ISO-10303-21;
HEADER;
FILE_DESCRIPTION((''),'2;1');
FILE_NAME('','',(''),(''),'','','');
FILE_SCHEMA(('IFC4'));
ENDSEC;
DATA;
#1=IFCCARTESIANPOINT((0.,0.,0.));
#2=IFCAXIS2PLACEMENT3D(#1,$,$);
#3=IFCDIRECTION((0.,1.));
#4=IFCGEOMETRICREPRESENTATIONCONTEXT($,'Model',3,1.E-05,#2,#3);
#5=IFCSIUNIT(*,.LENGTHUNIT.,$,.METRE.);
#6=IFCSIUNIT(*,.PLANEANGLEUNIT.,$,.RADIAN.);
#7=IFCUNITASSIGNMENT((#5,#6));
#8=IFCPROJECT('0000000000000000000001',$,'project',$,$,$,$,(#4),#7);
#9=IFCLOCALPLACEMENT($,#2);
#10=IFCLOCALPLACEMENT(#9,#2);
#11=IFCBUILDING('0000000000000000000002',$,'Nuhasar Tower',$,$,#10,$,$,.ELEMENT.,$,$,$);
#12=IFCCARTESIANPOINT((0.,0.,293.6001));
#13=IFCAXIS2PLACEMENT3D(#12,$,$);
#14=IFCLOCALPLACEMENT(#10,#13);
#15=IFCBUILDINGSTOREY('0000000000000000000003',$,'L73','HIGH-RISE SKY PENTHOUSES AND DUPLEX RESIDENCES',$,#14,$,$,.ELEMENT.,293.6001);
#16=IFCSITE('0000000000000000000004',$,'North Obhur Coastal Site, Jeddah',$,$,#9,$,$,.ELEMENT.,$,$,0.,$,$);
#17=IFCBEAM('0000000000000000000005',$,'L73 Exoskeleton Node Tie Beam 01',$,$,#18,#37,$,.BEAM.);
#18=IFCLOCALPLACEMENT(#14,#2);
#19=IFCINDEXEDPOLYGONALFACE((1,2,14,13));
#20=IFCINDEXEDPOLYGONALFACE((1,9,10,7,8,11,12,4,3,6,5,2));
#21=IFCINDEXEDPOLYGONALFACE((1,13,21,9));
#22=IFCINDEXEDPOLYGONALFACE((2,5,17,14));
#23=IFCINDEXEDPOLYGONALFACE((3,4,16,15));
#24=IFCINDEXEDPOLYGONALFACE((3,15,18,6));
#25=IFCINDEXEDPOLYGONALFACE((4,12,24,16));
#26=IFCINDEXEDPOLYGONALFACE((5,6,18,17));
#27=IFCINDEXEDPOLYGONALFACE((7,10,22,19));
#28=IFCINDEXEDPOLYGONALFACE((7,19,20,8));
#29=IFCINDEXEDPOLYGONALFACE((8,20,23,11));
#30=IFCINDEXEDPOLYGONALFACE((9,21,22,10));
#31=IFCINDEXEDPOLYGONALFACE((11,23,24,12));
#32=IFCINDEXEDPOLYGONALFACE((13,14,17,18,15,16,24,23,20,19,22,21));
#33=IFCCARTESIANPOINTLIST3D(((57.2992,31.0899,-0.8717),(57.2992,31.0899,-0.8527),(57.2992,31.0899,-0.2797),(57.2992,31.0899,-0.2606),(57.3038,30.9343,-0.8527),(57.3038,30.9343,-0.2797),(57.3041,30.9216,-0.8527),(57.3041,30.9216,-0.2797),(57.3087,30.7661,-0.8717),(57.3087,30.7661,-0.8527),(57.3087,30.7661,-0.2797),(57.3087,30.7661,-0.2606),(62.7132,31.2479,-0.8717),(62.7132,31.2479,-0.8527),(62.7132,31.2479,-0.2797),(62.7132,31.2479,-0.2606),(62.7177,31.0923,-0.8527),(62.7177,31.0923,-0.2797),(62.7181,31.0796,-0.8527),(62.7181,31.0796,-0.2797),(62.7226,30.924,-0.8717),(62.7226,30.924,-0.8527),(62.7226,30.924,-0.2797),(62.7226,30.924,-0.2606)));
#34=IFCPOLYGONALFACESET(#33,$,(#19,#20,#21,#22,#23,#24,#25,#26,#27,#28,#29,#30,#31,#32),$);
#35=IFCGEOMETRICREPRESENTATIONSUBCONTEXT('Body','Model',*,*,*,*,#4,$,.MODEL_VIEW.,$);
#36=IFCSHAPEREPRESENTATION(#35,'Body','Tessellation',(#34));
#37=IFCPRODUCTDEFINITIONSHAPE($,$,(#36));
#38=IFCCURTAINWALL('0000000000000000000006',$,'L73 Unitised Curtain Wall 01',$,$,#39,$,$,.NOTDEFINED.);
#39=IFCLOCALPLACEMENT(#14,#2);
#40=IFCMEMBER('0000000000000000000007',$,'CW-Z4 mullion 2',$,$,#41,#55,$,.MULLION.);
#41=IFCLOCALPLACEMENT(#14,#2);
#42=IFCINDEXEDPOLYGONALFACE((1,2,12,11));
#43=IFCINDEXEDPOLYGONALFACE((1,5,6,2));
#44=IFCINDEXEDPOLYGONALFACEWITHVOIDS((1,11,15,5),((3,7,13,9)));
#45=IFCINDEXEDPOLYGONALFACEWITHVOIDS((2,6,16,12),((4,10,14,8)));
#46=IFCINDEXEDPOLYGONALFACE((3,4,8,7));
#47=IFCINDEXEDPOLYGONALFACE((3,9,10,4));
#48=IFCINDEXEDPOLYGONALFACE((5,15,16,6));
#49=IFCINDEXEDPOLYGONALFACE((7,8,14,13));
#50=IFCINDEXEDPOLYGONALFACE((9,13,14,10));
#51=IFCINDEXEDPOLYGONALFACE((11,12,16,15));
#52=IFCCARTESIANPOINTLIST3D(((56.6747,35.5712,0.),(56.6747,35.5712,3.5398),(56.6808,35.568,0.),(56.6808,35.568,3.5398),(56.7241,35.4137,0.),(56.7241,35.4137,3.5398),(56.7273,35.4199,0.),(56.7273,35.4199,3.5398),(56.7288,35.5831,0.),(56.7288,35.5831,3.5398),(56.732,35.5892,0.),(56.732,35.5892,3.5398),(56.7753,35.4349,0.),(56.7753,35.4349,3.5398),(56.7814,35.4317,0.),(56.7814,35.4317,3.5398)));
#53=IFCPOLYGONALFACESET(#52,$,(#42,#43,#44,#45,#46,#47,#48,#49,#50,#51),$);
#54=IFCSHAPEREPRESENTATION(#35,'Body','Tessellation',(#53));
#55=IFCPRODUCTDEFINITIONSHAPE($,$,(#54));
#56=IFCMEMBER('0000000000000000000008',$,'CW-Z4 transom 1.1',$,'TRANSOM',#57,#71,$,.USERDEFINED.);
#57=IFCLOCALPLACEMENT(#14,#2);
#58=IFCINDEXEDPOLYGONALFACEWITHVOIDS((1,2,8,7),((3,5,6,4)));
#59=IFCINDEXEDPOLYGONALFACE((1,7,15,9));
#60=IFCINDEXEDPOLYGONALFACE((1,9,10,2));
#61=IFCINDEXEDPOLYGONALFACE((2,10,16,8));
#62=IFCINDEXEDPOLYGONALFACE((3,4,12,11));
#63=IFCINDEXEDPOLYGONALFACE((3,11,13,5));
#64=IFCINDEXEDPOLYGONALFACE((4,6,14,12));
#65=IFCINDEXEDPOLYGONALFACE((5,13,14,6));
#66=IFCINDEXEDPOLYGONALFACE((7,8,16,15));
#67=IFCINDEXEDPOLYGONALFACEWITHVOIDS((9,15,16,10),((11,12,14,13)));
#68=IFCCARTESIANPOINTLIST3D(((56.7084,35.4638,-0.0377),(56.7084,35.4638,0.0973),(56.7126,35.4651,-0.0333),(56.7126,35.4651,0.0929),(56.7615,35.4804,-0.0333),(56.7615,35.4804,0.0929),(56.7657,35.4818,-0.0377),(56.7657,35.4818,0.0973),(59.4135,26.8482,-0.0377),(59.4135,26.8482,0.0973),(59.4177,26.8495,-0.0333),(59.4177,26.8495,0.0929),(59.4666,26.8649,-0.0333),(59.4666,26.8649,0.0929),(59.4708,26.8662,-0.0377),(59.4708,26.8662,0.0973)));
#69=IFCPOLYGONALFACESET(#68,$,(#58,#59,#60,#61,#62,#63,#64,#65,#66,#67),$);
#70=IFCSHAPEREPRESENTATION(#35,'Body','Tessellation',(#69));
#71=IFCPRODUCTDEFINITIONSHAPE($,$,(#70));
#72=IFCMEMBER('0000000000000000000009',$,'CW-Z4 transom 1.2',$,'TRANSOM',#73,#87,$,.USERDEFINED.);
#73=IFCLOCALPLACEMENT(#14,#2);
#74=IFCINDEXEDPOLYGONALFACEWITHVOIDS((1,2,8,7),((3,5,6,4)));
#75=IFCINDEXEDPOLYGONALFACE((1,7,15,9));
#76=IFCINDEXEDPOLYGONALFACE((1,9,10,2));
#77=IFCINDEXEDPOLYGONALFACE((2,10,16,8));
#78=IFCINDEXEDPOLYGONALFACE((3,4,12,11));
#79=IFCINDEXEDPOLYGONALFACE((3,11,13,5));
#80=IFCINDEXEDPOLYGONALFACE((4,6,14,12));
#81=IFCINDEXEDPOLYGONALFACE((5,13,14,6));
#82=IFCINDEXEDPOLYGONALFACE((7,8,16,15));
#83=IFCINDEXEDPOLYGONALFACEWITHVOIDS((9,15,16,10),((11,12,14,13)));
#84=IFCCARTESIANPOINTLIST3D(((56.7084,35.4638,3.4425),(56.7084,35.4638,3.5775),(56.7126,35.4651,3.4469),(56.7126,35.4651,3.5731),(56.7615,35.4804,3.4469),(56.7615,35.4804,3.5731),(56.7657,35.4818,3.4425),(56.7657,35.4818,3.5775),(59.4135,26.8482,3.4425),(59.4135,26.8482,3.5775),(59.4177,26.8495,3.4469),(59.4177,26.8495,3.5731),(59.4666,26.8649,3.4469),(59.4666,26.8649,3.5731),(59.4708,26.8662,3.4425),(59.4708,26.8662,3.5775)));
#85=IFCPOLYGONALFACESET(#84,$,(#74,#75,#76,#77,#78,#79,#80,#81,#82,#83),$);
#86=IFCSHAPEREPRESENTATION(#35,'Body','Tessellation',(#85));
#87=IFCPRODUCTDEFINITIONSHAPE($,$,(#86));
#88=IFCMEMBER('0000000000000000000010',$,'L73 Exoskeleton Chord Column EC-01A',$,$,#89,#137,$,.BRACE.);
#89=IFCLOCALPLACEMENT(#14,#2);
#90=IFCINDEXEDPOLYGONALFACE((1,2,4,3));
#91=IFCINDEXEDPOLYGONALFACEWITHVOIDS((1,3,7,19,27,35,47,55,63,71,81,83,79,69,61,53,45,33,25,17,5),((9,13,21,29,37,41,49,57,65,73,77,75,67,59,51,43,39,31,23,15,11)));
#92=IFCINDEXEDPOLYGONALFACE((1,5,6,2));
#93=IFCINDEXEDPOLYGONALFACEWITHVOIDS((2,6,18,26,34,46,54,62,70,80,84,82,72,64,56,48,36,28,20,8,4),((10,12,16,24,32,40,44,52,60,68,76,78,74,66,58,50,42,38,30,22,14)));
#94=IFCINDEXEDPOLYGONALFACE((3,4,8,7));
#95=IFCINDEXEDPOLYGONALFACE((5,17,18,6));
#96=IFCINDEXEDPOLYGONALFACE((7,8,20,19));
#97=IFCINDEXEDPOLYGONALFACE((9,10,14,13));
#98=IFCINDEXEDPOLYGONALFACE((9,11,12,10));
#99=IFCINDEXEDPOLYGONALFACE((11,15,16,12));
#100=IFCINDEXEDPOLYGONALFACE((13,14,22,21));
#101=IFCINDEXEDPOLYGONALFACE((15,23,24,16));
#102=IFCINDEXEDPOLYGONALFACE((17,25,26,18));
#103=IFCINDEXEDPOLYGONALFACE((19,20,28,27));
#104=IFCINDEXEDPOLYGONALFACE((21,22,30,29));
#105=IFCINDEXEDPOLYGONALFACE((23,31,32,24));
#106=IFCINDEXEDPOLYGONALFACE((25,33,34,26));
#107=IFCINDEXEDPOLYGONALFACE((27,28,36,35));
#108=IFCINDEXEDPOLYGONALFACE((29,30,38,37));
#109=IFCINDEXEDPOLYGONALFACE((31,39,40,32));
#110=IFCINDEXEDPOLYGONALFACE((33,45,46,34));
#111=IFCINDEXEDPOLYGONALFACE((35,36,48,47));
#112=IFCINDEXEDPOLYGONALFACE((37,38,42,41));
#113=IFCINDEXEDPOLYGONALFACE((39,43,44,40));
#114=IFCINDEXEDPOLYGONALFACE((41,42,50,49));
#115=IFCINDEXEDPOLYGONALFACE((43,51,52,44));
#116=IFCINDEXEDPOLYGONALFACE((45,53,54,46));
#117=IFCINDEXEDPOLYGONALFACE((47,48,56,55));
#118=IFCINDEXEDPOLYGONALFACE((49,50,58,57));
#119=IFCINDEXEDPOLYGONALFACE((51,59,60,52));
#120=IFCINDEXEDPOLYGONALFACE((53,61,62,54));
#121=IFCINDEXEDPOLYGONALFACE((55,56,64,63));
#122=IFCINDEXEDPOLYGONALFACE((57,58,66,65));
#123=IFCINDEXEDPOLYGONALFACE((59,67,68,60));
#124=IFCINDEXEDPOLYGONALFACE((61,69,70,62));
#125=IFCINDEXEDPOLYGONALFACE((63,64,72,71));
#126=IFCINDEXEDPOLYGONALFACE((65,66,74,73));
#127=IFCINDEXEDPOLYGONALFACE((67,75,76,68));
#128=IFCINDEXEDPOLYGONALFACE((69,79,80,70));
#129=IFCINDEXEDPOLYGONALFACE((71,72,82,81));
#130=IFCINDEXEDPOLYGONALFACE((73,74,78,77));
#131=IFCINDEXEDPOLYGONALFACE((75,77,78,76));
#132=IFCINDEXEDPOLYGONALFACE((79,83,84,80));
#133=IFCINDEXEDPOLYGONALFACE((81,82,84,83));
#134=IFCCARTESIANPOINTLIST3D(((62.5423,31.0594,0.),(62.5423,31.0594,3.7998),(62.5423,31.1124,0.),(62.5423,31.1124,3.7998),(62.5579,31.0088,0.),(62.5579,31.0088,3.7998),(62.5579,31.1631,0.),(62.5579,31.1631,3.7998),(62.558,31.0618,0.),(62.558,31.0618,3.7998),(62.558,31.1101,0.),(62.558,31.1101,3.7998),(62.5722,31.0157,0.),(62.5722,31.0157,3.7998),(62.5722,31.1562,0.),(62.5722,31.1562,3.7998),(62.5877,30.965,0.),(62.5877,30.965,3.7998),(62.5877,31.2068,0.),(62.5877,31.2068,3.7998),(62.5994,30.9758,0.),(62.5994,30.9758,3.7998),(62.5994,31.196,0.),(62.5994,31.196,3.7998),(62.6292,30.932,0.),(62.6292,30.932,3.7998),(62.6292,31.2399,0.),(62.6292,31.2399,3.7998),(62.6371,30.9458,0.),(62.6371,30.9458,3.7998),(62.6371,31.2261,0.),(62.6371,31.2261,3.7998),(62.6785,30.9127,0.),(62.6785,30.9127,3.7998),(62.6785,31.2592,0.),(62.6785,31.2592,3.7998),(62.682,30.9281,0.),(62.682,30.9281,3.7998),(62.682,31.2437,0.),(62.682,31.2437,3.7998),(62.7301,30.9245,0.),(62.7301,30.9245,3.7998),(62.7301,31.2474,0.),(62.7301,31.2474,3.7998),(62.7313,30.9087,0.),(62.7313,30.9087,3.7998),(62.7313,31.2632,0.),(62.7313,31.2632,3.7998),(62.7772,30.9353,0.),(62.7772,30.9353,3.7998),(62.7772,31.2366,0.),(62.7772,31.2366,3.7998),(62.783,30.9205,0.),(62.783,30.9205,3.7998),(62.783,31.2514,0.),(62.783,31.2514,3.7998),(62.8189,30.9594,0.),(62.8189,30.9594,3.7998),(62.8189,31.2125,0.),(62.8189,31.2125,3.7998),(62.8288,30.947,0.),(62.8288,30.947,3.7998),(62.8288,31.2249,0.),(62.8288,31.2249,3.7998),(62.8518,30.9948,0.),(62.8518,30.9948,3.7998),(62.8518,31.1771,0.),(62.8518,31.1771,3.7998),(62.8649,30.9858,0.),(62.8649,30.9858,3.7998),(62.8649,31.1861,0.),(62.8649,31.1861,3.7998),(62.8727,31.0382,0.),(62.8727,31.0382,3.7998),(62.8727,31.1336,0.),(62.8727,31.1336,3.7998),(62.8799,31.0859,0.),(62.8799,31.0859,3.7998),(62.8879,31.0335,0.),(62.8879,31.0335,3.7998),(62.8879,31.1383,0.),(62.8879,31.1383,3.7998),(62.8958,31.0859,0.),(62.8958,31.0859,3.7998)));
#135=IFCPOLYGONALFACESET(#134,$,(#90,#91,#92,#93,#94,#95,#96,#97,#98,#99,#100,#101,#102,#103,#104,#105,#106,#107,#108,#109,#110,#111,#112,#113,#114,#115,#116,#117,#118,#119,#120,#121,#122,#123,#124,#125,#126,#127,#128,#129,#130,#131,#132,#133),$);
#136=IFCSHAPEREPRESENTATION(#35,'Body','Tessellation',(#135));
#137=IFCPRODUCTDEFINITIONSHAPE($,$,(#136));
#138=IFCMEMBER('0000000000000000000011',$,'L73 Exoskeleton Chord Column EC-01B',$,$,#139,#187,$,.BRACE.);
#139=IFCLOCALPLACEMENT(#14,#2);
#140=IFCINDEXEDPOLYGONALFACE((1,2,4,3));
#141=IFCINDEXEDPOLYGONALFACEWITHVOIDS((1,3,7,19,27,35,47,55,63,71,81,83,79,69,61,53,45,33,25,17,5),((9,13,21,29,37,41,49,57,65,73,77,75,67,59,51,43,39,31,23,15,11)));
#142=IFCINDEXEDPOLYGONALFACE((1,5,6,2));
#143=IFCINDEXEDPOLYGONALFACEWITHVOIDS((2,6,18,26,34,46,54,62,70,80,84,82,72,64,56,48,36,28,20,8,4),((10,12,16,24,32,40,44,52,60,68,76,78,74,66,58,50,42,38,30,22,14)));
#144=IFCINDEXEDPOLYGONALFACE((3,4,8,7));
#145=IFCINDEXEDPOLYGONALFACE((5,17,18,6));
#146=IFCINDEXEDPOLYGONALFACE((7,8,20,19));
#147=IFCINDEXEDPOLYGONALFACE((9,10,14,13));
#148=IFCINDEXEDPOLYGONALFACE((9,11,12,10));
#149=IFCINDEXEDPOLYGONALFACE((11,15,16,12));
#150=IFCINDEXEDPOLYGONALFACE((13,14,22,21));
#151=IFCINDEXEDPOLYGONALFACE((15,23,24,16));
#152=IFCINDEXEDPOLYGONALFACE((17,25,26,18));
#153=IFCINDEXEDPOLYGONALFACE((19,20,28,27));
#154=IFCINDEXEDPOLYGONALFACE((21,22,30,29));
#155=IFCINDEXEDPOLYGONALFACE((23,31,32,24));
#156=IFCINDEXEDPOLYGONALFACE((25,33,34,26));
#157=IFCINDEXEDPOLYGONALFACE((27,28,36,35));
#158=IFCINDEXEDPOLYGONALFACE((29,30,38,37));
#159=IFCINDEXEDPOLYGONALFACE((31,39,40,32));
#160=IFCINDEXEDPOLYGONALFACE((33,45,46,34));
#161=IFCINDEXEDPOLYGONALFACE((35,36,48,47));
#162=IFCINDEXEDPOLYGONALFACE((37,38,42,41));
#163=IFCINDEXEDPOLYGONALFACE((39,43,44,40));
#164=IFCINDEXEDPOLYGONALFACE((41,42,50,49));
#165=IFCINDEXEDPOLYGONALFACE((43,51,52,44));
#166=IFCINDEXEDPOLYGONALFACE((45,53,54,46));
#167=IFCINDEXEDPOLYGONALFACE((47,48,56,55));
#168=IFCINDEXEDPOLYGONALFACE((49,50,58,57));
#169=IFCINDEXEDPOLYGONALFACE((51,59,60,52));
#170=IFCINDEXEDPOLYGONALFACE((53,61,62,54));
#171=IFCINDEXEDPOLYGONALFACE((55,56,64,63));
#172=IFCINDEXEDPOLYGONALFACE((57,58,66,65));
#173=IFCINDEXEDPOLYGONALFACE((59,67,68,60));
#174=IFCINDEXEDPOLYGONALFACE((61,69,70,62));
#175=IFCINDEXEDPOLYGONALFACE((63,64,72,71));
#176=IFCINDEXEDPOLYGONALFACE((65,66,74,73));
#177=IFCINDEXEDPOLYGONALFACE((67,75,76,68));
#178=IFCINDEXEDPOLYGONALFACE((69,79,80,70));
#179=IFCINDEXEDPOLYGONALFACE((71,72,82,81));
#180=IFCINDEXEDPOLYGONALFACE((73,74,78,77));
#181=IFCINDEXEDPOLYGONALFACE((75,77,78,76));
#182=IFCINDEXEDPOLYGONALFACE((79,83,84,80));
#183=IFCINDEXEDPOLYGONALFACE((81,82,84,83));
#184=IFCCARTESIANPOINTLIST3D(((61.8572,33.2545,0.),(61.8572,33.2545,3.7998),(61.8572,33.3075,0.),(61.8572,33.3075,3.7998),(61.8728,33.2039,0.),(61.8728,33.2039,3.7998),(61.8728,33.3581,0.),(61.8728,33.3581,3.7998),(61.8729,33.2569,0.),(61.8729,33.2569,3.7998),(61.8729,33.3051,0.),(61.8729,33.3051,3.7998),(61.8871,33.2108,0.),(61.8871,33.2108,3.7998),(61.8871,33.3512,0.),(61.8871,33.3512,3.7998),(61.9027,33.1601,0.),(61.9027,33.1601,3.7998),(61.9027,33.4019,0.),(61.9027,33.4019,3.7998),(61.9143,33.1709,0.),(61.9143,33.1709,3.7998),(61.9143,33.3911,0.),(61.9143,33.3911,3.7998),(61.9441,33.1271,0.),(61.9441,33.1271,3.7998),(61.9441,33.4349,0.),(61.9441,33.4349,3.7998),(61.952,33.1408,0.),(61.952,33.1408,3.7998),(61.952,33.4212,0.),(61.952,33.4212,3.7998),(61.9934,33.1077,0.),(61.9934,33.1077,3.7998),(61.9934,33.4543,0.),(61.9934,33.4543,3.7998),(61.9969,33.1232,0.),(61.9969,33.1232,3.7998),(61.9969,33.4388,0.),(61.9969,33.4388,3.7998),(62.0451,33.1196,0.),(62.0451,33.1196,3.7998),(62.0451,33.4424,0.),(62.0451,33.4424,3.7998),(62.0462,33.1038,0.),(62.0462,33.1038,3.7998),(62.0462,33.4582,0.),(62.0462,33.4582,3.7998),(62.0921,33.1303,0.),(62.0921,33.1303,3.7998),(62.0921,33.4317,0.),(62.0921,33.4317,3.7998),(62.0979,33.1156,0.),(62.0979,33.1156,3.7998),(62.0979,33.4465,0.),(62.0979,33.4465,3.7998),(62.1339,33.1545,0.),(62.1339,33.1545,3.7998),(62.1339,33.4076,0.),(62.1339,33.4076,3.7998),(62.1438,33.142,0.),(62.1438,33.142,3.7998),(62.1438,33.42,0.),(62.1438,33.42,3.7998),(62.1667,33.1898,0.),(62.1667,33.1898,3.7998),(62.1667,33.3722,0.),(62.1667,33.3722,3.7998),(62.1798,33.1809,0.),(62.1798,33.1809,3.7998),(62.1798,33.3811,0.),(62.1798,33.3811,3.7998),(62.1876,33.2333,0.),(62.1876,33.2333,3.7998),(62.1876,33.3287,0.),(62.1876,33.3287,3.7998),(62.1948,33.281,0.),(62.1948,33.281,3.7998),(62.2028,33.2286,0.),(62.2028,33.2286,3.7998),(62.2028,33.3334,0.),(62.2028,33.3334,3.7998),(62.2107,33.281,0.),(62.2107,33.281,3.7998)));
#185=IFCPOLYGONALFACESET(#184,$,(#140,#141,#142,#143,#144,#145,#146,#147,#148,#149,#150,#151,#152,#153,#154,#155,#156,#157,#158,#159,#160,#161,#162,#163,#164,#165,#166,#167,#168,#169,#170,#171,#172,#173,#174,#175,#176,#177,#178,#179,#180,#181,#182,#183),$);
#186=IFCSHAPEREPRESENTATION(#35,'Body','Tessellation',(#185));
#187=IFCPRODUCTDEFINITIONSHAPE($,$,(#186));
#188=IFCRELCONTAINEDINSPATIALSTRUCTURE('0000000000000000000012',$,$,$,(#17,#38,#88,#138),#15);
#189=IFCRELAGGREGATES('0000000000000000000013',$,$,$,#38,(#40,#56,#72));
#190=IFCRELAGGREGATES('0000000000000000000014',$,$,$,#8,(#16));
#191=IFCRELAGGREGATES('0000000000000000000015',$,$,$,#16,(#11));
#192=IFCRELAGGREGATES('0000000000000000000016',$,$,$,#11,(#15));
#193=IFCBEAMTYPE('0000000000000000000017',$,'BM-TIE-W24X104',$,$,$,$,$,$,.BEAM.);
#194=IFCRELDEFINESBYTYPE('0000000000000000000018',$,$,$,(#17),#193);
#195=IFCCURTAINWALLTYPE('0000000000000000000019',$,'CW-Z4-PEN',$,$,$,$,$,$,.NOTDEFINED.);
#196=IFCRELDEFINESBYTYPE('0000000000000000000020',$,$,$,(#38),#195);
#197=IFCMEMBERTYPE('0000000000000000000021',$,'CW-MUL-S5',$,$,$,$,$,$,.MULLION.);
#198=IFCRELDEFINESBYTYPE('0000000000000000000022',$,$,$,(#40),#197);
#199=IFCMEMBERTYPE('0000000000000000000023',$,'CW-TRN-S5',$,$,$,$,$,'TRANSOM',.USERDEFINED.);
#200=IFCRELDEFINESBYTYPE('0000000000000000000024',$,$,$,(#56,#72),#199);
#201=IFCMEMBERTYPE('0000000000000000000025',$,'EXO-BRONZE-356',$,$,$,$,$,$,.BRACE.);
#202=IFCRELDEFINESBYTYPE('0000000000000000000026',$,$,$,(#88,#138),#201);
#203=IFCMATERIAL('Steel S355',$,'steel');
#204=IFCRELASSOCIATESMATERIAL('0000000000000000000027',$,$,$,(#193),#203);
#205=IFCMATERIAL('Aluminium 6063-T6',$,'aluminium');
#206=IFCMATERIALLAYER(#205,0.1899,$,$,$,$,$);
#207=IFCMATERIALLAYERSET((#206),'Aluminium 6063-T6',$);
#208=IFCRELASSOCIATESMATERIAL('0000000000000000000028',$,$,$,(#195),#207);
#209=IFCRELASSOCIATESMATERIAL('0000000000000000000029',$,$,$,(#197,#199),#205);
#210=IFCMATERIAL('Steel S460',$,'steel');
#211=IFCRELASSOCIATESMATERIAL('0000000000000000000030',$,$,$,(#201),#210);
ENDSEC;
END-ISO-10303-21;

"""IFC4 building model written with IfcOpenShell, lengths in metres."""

from ifc_helpers import new_model, si_unit, direction, frame, origin, origin_2d, place, context, subcontext, project, spatial, hollow_rectangle, hollow_circle, i_section, extrude, material, layer, layer_set, material_profile, profile_set, type_object, element, aggregate, save


model = new_model("IFC4")

# Units and contexts
model_context = context("Model", 3, precision=1e-05, world=origin(), true_north=direction((0.0, 1.0)))
body_context = subcontext(model_context, "Body", "Model", "MODEL_VIEW")
ifc_project = project(units=[si_unit("LENGTHUNIT", "METRE"), si_unit("PLANEANGLEUNIT", "RADIAN")], contexts=[model_context])

# Site, building, storey
site_placement = place(None, origin())
site = spatial("IfcSite", under=ifc_project, at=site_placement, Name="North Obhur Coastal Site, Jeddah", CompositionType="ELEMENT", RefElevation=0.0)
building_placement = place(site_placement, origin())
building = spatial("IfcBuilding", under=site, at=building_placement, Name="Nuhasar Tower", CompositionType="ELEMENT")
storey_placement = place(building_placement, frame((0.0, 0.0, 293.6001)))
storey = spatial("IfcBuildingStorey", under=building, at=storey_placement, Name="L73", Description="HIGH-RISE SKY PENTHOUSES AND DUPLEX RESIDENCES", CompositionType="ELEMENT", Elevation=293.6001)

# Beam
ifc_material_1 = material(Name="Steel S355", Category="steel")
ifc_material_profile_1 = material_profile(ifc_material_1, i_section(OverallWidth=0.324, OverallDepth=0.6111, WebThickness=0.0127, FlangeThickness=0.019, at=origin_2d()), Name="W24X104")
ifc_profile_set_1 = profile_set([ifc_material_profile_1], Name="Steel S355")
beam_type_1 = type_object("IfcBeamType", Name="BM-TIE-W24X104", PredefinedType="BEAM", material=ifc_profile_set_1)
beam_1_placement = place(storey_placement, frame((57.304, 30.928, -0.5662), z_axis=(0.999575, 0.029163, 0.0), x_axis=(-0.029163, 0.999575, 0.0)))
element("IfcBeam", 1, at=beam_1_placement, inside=storey, type_object=beam_type_1, Name="L73 Exoskeleton Node Tie Beam 01", PredefinedType="BEAM", context=body_context, shape_type="SweptSolid", body=[
    extrude(i_section(OverallWidth=0.324, OverallDepth=0.6111, WebThickness=0.0127, FlangeThickness=0.019, at=origin_2d()), origin(), (0.0, 0.0, 1.0), 5.4163),
])

# Curtain wall, members
ifc_material_2 = material(Name="Aluminium 6063-T6", Category="aluminium")
ifc_layer_1 = layer(ifc_material_2, 0.1899)
ifc_layer_set_1 = layer_set([ifc_layer_1], Name="Aluminium 6063-T6")
curtain_wall_type = type_object("IfcCurtainWallType", Name="CW-Z4-PEN", PredefinedType="NOTDEFINED", material=ifc_layer_set_1)
curtain_wall_placement = place(storey_placement, origin())
curtain_wall = element("IfcCurtainWall", 2, at=curtain_wall_placement, inside=storey, type_object=curtain_wall_type, Name="L73 Unitised Curtain Wall 01", PredefinedType="NOTDEFINED")
ifc_material_profile_2 = material_profile(ifc_material_2, hollow_rectangle(XDim=0.0601, YDim=0.165, WallThickness=0.0049, at=origin_2d()), Name="CWM-5")
ifc_profile_set_2 = profile_set([ifc_material_profile_2], Name="Aluminium 6063-T6")
member_type_1 = type_object("IfcMemberType", Name="CW-MUL-S5", PredefinedType="MULLION", material=ifc_profile_set_2)
member_1_placement = place(storey_placement, frame((56.728, 35.5015, 0.0), z_axis=(0.0, 0.0, 1.0), x_axis=(-0.954079, -0.299557, 0.0)))
member_1 = element("IfcMember", 3, at=member_1_placement, type_object=member_type_1, Name="CW-Z4 mullion 2", PredefinedType="MULLION", context=body_context, shape_type="SweptSolid", body=[
    extrude(hollow_rectangle(XDim=0.0601, YDim=0.165, WallThickness=0.0049, at=origin_2d()), origin(), (0.0, 0.0, 1.0), 3.5398),
])
ifc_material_profile_3 = material_profile(ifc_material_2, hollow_rectangle(XDim=0.0601, YDim=0.135, WallThickness=0.0044, at=origin_2d()), Name="CWT-5")
ifc_profile_set_3 = profile_set([ifc_material_profile_3], Name="Aluminium 6063-T6")
member_type_2 = type_object("IfcMemberType", Name="CW-TRN-S5", ElementType="TRANSOM", PredefinedType="USERDEFINED", material=ifc_profile_set_3)
member_2_placement = place(storey_placement, frame((59.4421, 26.8572, 0.0298), z_axis=(-0.29956, 0.954077, 0.0), x_axis=(-0.954077, -0.29956, 0.0)))
member_2 = element("IfcMember", 4, at=member_2_placement, type_object=member_type_2, Name="CW-Z4 transom 1.1", ObjectType="TRANSOM", PredefinedType="USERDEFINED", context=body_context, shape_type="SweptSolid", body=[
    extrude(hollow_rectangle(XDim=0.0601, YDim=0.135, WallThickness=0.0044, at=origin_2d()), origin(), (0.0, 0.0, 1.0), 9.0303),
])
member_3_placement = place(storey_placement, frame((59.4421, 26.8572, 3.51), z_axis=(-0.29956, 0.954077, 0.0), x_axis=(-0.954077, -0.29956, 0.0)))
member_3 = element("IfcMember", 5, at=member_3_placement, type_object=member_type_2, Name="CW-Z4 transom 1.2", ObjectType="TRANSOM", PredefinedType="USERDEFINED", context=body_context, shape_type="SweptSolid", body=[
    extrude(hollow_rectangle(XDim=0.0601, YDim=0.135, WallThickness=0.0044, at=origin_2d()), origin(), (0.0, 0.0, 1.0), 9.0303),
])

# Members
ifc_material_3 = material(Name="Steel S460", Category="steel")
ifc_material_profile_4 = material_profile(ifc_material_3, hollow_circle(Radius=0.1777, WallThickness=0.0159, at=origin_2d()), Name="HSS355.6X15.9")
ifc_profile_set_4 = profile_set([ifc_material_profile_4], Name="Steel S460")
member_type_3 = type_object("IfcMemberType", Name="EXO-BRONZE-356", PredefinedType="BRACE", material=ifc_profile_set_4)
for number, where, z_axis, x_axis, name in (
    (6, (62.718, 31.0859, 0.0), (0.0, 0.0, 1.0), (1.0, 0.0, 0.0), "L73 Exoskeleton Chord Column EC-01A"),
    (7, (62.033, 33.281, 0.0), (0.0, 0.0, 1.0), (1.0, 0.0, 0.0), "L73 Exoskeleton Chord Column EC-01B"),
):
    element("IfcMember", number, at=place(storey_placement, frame(where, z_axis=z_axis, x_axis=x_axis)), inside=storey, type_object=member_type_3, Name=name, PredefinedType="BRACE", context=body_context, shape_type="SweptSolid", body=[
        extrude(hollow_circle(Radius=0.1777, WallThickness=0.0159, at=origin_2d()), origin(), (0.0, 0.0, 1.0), 3.7998),
    ])

aggregate(curtain_wall, [member_1, member_2, member_3])

save(model, "model.ifc")
